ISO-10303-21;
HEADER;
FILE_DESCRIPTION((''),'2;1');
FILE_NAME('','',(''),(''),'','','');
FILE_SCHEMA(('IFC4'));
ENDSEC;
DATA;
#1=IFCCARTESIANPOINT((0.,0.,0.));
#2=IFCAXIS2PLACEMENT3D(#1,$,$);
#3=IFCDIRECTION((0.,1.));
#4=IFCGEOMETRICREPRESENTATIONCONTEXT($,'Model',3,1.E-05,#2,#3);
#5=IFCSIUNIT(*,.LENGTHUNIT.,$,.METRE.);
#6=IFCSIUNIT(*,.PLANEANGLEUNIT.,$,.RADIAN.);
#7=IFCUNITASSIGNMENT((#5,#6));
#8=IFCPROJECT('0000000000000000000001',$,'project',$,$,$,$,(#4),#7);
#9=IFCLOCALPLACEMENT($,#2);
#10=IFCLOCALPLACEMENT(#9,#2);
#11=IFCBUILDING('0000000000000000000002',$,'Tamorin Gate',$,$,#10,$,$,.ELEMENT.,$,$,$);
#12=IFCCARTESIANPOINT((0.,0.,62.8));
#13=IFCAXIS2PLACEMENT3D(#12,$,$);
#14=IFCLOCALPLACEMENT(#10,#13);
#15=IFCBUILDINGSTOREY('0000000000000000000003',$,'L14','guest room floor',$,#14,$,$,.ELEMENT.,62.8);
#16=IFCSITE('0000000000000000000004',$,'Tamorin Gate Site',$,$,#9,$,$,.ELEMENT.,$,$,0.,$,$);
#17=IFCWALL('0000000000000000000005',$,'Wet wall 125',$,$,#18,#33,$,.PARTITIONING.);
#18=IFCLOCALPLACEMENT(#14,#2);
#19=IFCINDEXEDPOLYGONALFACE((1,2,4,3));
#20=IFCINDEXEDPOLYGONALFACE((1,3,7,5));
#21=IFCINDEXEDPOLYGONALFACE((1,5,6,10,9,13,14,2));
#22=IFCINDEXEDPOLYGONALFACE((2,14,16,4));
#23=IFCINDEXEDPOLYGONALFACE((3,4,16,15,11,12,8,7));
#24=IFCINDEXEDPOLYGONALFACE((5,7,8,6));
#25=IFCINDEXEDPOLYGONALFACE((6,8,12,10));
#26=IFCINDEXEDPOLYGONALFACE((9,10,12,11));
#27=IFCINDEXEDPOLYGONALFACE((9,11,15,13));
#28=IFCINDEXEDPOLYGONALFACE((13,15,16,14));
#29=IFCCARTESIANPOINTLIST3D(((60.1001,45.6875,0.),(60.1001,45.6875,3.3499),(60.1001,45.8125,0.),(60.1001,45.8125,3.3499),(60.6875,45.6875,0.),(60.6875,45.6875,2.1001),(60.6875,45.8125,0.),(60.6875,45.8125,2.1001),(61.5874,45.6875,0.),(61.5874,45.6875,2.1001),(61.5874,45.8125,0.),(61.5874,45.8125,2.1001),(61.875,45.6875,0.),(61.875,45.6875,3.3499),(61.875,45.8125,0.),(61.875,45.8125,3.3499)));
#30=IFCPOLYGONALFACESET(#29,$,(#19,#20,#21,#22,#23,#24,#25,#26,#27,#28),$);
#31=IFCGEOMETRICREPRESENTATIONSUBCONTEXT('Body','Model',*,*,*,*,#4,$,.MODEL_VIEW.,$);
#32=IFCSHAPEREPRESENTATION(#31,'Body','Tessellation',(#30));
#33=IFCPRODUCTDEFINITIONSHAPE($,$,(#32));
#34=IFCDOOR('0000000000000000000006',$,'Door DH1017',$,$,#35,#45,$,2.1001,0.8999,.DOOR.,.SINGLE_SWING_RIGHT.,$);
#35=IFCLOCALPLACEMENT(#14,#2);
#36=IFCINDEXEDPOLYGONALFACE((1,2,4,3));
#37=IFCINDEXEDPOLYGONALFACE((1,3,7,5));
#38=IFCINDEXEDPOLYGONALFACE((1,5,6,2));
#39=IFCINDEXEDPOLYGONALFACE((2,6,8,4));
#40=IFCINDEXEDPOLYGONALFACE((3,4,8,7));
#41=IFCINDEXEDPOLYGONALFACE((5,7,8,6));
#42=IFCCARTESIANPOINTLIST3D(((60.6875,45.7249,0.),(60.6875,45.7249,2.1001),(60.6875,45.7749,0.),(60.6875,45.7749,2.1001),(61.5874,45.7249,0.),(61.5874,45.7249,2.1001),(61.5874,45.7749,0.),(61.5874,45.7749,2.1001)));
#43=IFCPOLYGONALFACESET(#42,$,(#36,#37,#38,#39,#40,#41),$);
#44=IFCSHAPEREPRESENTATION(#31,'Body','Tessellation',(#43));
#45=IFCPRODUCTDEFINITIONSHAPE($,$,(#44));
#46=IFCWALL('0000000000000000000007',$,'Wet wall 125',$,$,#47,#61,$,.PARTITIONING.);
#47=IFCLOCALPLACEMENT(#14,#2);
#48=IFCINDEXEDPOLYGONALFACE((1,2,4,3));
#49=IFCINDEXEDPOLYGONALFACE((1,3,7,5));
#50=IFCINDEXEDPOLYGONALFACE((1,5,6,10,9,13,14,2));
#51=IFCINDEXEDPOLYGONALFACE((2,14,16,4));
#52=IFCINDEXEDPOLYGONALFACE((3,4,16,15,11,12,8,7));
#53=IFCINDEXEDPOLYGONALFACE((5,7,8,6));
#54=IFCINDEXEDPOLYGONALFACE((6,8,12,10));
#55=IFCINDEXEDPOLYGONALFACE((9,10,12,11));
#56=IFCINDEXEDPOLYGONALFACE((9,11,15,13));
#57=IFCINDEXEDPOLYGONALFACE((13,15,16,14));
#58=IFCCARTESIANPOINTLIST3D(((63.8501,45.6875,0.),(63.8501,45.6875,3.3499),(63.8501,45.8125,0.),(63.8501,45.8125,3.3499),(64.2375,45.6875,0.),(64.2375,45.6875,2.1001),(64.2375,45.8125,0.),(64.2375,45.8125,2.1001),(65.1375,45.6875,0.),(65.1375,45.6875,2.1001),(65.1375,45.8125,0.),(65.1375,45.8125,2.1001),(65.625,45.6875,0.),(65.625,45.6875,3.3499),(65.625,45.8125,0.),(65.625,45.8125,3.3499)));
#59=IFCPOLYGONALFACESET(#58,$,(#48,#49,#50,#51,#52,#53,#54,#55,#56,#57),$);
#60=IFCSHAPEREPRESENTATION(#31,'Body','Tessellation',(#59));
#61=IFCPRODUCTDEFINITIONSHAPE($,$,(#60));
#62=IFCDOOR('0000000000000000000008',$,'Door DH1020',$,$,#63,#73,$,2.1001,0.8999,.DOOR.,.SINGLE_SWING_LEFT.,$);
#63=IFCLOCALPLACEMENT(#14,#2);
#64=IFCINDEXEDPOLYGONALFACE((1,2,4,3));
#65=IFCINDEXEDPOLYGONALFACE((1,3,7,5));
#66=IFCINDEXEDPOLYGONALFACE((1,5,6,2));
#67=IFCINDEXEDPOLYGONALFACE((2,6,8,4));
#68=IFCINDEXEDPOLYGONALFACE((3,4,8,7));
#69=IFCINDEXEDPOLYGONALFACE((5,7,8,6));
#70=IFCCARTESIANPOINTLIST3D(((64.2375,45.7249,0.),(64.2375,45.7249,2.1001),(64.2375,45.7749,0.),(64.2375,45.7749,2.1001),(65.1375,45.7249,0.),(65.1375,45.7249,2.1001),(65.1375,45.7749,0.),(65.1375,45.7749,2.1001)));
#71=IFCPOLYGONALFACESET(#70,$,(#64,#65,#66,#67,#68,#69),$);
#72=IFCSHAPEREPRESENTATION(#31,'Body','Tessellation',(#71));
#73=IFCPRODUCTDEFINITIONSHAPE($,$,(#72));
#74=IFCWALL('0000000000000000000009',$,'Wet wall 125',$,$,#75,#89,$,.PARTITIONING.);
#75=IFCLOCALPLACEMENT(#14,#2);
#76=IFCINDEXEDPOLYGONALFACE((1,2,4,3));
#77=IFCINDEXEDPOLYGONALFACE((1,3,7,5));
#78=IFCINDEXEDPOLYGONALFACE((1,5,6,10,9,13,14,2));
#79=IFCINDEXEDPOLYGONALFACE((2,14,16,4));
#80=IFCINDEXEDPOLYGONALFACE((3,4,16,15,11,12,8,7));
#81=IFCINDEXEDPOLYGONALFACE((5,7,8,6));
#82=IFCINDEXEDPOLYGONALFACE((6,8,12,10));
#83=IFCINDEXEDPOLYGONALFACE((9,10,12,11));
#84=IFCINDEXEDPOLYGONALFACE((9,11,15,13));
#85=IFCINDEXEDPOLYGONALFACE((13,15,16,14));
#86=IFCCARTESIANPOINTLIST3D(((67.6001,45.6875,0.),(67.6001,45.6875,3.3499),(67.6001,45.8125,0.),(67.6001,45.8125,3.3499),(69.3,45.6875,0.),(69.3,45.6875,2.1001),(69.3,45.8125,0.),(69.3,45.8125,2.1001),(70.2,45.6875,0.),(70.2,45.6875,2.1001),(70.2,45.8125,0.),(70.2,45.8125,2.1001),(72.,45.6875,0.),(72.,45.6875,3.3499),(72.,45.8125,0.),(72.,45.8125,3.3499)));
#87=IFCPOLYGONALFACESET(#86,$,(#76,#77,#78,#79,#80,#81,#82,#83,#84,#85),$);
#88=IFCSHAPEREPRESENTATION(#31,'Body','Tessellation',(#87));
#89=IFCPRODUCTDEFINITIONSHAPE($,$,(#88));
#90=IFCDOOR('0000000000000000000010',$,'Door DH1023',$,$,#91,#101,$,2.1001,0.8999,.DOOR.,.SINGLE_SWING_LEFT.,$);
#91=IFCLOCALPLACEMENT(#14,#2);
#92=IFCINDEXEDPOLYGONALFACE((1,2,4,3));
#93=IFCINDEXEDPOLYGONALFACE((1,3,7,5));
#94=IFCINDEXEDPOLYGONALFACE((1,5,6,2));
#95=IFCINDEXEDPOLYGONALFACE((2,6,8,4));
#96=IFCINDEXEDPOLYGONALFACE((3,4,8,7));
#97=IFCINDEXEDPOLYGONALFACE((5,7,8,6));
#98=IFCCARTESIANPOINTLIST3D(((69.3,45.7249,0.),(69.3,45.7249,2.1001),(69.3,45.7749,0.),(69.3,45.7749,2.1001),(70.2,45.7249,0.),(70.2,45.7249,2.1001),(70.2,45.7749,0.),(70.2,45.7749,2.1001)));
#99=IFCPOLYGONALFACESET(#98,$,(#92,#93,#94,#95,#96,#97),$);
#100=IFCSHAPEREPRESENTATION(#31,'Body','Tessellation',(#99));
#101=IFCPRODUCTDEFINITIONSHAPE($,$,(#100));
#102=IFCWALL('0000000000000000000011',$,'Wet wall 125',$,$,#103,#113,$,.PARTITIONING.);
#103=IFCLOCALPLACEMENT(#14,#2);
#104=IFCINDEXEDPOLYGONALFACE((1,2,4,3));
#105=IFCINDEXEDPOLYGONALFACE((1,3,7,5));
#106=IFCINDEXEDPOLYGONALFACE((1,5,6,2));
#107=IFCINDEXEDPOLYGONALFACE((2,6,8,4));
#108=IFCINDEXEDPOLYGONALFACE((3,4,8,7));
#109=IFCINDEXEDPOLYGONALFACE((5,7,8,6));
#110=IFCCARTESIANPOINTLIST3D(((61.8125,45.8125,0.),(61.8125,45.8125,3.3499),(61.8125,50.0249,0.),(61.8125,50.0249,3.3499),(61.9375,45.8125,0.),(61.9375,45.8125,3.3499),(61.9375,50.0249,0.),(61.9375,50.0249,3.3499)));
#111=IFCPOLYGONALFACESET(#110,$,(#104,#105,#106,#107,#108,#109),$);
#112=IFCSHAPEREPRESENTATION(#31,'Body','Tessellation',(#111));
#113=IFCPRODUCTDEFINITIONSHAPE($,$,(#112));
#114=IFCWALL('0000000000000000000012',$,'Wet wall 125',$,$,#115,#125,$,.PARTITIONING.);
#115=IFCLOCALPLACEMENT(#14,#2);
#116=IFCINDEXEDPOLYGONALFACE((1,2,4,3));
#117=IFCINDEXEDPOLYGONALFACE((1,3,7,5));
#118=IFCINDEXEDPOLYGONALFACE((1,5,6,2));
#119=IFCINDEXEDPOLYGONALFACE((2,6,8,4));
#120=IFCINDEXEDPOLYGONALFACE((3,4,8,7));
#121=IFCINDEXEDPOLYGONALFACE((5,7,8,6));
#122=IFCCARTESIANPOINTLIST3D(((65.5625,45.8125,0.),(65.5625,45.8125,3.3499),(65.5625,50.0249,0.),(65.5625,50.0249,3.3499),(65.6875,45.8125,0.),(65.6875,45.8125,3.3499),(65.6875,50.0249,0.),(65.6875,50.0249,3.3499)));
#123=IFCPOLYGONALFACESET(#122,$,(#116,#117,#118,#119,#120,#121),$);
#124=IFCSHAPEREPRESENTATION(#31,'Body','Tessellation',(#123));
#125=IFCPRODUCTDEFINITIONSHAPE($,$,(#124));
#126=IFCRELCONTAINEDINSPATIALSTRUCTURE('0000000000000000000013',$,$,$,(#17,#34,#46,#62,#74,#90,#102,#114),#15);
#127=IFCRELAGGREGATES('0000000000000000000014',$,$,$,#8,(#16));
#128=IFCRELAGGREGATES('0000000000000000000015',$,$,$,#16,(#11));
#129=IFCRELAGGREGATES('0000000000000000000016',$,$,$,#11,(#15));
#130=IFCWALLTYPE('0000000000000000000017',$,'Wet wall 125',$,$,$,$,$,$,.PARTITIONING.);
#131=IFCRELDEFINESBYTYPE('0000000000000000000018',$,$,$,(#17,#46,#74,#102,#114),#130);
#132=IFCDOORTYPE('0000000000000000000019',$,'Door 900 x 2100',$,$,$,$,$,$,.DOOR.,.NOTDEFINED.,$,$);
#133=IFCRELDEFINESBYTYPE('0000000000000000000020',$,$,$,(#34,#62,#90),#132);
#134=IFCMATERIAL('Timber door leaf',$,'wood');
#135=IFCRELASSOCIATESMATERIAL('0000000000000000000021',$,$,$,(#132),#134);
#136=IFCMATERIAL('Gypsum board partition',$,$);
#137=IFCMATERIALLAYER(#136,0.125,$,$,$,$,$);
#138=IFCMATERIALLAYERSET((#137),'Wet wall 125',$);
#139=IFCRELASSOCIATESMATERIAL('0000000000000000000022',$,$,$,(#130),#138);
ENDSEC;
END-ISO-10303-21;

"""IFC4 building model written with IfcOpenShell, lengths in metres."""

from ifc_helpers import new_model, si_unit, direction, frame, frame_2d, origin, place, context, subcontext, project, spatial, rectangle, extrude, material, layer, layer_set, type_object, element, fill, save


model = new_model("IFC4")

# Units and contexts
model_context = context("Model", 3, precision=1e-05, world=origin(), true_north=direction((0.0, 1.0)))
body_context = subcontext(model_context, "Body", "Model", "MODEL_VIEW")
ifc_project = project(units=[si_unit("LENGTHUNIT", "METRE"), si_unit("PLANEANGLEUNIT", "RADIAN")], contexts=[model_context])

# Site, building, storey
site_placement = place(None, origin())
site = spatial("IfcSite", under=ifc_project, at=site_placement, Name="Tamorin Gate Site", CompositionType="ELEMENT", RefElevation=0.0)
building_placement = place(site_placement, origin())
building = spatial("IfcBuilding", under=site, at=building_placement, Name="Tamorin Gate", CompositionType="ELEMENT")
storey_placement = place(building_placement, frame((0.0, 0.0, 62.8)))
storey = spatial("IfcBuildingStorey", under=building, at=storey_placement, Name="L14", Description="guest room floor", CompositionType="ELEMENT", Elevation=62.8)

# Shared definitions
ifc_material_1 = material(Name="Gypsum board partition")
ifc_material_2 = material(Name="Timber door leaf", Category="wood")

# Shared definitions
door_type_1 = type_object("IfcDoorType", Name="Door 900 x 2100", OperationType="NOTDEFINED", PredefinedType="DOOR", material=ifc_material_2)

# Walls, openings, doors
ifc_layer_1 = layer(ifc_material_1, 0.125)
ifc_layer_set_1 = layer_set([ifc_layer_1], Name="Wet wall 125")
wall_type_1 = type_object("IfcWallType", Name="Wet wall 125", PredefinedType="PARTITIONING", material=ifc_layer_set_1)
wall_1_placement = place(storey_placement, frame((60.1001, 45.75, 0.0), z_axis=(0.0, 0.0, 1.0), x_axis=(1.0, 0.0, 0.0)))
wall_1 = element("IfcWall", 1, at=wall_1_placement, inside=storey, type_object=wall_type_1, Name="Wet wall 125", PredefinedType="PARTITIONING", context=body_context, shape_type="SweptSolid", body=[
    extrude(rectangle(XDim=1.7749, YDim=0.125, at=frame_2d((0.8875, 0.0))), origin(), (0.0, 0.0, 1.0), 3.3499),
])
opening_1_placement = place(wall_1_placement, frame((0.5874, 0.0, 0.0)))
opening_1 = element("IfcOpeningElement", 2, at=opening_1_placement, cuts=wall_1, PredefinedType="OPENING", context=body_context, shape_type="SweptSolid", body=[
    extrude(rectangle(XDim=0.8999, YDim=2.1001, at=frame_2d((0.45, 1.05))), frame((0.0, 0.0725, 0.0), z_axis=(0.0, -1.0, 0.0), x_axis=(1.0, 0.0, 0.0)), (0.0, 0.0, 1.0), 0.145),
])
door_1_placement = place(opening_1_placement, origin())
door_1 = element("IfcDoor", 3, at=door_1_placement, inside=storey, type_object=door_type_1, Name="Door DH1017", OperationType="SINGLE_SWING_RIGHT", OverallHeight=2.1001, OverallWidth=0.8999, PredefinedType="DOOR", context=body_context, shape_type="SweptSolid", body=[
    extrude(rectangle(XDim=0.8999, YDim=2.1001, at=frame_2d((0.45, 1.05))), frame((0.0, 0.0249, 0.0), z_axis=(0.0, -1.0, 0.0), x_axis=(1.0, 0.0, 0.0)), (0.0, 0.0, 1.0), 0.05),
])
fill(opening_1, door_1)
wall_2_placement = place(storey_placement, frame((63.8501, 45.75, 0.0), z_axis=(0.0, 0.0, 1.0), x_axis=(1.0, 0.0, 0.0)))
wall_2 = element("IfcWall", 4, at=wall_2_placement, inside=storey, type_object=wall_type_1, Name="Wet wall 125", PredefinedType="PARTITIONING", context=body_context, shape_type="SweptSolid", body=[
    extrude(rectangle(XDim=1.7749, YDim=0.125, at=frame_2d((0.8875, 0.0))), origin(), (0.0, 0.0, 1.0), 3.3499),
])
opening_2_placement = place(wall_2_placement, frame((0.3875, 0.0, 0.0)))
opening_2 = element("IfcOpeningElement", 5, at=opening_2_placement, cuts=wall_2, PredefinedType="OPENING", context=body_context, shape_type="SweptSolid", body=[
    extrude(rectangle(XDim=0.8999, YDim=2.1001, at=frame_2d((0.45, 1.05))), frame((0.0, 0.0725, 0.0), z_axis=(0.0, -1.0, 0.0), x_axis=(1.0, 0.0, 0.0)), (0.0, 0.0, 1.0), 0.145),
])
door_2_placement = place(opening_2_placement, origin())
door_2 = element("IfcDoor", 6, at=door_2_placement, inside=storey, type_object=door_type_1, Name="Door DH1020", OperationType="SINGLE_SWING_LEFT", OverallHeight=2.1001, OverallWidth=0.8999, PredefinedType="DOOR", context=body_context, shape_type="SweptSolid", body=[
    extrude(rectangle(XDim=0.8999, YDim=2.1001, at=frame_2d((0.45, 1.05))), frame((0.0, 0.0249, 0.0), z_axis=(0.0, -1.0, 0.0), x_axis=(1.0, 0.0, 0.0)), (0.0, 0.0, 1.0), 0.05),
])
fill(opening_2, door_2)
wall_3_placement = place(storey_placement, frame((67.6001, 45.75, 0.0), z_axis=(0.0, 0.0, 1.0), x_axis=(1.0, 0.0, 0.0)))
wall_3 = element("IfcWall", 7, at=wall_3_placement, inside=storey, type_object=wall_type_1, Name="Wet wall 125", PredefinedType="PARTITIONING", context=body_context, shape_type="SweptSolid", body=[
    extrude(rectangle(XDim=4.3999, YDim=0.125, at=frame_2d((2.2, 0.0))), origin(), (0.0, 0.0, 1.0), 3.3499),
])
opening_3_placement = place(wall_3_placement, frame((1.7, 0.0, 0.0)))
opening_3 = element("IfcOpeningElement", 8, at=opening_3_placement, cuts=wall_3, PredefinedType="OPENING", context=body_context, shape_type="SweptSolid", body=[
    extrude(rectangle(XDim=0.8999, YDim=2.1001, at=frame_2d((0.45, 1.05))), frame((0.0, 0.0725, 0.0), z_axis=(0.0, -1.0, 0.0), x_axis=(1.0, 0.0, 0.0)), (0.0, 0.0, 1.0), 0.145),
])
door_3_placement = place(opening_3_placement, origin())
door_3 = element("IfcDoor", 9, at=door_3_placement, inside=storey, type_object=door_type_1, Name="Door DH1023", OperationType="SINGLE_SWING_LEFT", OverallHeight=2.1001, OverallWidth=0.8999, PredefinedType="DOOR", context=body_context, shape_type="SweptSolid", body=[
    extrude(rectangle(XDim=0.8999, YDim=2.1001, at=frame_2d((0.45, 1.05))), frame((0.0, 0.0249, 0.0), z_axis=(0.0, -1.0, 0.0), x_axis=(1.0, 0.0, 0.0)), (0.0, 0.0, 1.0), 0.05),
])
fill(opening_3, door_3)

# Walls
for number, where, z_axis, x_axis, name in (
    (10, (61.875, 45.8125, 0.0), (0.0, 0.0, 1.0), (0.0, 1.0, 0.0), "Wet wall 125"),
    (11, (65.625, 45.8125, 0.0), (0.0, 0.0, 1.0), (0.0, 1.0, 0.0), "Wet wall 125"),
):
    element("IfcWall", number, at=place(storey_placement, frame(where, z_axis=z_axis, x_axis=x_axis)), inside=storey, type_object=wall_type_1, Name=name, PredefinedType="PARTITIONING", context=body_context, shape_type="SweptSolid", body=[
        extrude(rectangle(XDim=4.2124, YDim=0.125, at=frame_2d((2.1062, 0.0))), origin(), (0.0, 0.0, 1.0), 3.3499),
    ])

save(model, "model.ifc")
